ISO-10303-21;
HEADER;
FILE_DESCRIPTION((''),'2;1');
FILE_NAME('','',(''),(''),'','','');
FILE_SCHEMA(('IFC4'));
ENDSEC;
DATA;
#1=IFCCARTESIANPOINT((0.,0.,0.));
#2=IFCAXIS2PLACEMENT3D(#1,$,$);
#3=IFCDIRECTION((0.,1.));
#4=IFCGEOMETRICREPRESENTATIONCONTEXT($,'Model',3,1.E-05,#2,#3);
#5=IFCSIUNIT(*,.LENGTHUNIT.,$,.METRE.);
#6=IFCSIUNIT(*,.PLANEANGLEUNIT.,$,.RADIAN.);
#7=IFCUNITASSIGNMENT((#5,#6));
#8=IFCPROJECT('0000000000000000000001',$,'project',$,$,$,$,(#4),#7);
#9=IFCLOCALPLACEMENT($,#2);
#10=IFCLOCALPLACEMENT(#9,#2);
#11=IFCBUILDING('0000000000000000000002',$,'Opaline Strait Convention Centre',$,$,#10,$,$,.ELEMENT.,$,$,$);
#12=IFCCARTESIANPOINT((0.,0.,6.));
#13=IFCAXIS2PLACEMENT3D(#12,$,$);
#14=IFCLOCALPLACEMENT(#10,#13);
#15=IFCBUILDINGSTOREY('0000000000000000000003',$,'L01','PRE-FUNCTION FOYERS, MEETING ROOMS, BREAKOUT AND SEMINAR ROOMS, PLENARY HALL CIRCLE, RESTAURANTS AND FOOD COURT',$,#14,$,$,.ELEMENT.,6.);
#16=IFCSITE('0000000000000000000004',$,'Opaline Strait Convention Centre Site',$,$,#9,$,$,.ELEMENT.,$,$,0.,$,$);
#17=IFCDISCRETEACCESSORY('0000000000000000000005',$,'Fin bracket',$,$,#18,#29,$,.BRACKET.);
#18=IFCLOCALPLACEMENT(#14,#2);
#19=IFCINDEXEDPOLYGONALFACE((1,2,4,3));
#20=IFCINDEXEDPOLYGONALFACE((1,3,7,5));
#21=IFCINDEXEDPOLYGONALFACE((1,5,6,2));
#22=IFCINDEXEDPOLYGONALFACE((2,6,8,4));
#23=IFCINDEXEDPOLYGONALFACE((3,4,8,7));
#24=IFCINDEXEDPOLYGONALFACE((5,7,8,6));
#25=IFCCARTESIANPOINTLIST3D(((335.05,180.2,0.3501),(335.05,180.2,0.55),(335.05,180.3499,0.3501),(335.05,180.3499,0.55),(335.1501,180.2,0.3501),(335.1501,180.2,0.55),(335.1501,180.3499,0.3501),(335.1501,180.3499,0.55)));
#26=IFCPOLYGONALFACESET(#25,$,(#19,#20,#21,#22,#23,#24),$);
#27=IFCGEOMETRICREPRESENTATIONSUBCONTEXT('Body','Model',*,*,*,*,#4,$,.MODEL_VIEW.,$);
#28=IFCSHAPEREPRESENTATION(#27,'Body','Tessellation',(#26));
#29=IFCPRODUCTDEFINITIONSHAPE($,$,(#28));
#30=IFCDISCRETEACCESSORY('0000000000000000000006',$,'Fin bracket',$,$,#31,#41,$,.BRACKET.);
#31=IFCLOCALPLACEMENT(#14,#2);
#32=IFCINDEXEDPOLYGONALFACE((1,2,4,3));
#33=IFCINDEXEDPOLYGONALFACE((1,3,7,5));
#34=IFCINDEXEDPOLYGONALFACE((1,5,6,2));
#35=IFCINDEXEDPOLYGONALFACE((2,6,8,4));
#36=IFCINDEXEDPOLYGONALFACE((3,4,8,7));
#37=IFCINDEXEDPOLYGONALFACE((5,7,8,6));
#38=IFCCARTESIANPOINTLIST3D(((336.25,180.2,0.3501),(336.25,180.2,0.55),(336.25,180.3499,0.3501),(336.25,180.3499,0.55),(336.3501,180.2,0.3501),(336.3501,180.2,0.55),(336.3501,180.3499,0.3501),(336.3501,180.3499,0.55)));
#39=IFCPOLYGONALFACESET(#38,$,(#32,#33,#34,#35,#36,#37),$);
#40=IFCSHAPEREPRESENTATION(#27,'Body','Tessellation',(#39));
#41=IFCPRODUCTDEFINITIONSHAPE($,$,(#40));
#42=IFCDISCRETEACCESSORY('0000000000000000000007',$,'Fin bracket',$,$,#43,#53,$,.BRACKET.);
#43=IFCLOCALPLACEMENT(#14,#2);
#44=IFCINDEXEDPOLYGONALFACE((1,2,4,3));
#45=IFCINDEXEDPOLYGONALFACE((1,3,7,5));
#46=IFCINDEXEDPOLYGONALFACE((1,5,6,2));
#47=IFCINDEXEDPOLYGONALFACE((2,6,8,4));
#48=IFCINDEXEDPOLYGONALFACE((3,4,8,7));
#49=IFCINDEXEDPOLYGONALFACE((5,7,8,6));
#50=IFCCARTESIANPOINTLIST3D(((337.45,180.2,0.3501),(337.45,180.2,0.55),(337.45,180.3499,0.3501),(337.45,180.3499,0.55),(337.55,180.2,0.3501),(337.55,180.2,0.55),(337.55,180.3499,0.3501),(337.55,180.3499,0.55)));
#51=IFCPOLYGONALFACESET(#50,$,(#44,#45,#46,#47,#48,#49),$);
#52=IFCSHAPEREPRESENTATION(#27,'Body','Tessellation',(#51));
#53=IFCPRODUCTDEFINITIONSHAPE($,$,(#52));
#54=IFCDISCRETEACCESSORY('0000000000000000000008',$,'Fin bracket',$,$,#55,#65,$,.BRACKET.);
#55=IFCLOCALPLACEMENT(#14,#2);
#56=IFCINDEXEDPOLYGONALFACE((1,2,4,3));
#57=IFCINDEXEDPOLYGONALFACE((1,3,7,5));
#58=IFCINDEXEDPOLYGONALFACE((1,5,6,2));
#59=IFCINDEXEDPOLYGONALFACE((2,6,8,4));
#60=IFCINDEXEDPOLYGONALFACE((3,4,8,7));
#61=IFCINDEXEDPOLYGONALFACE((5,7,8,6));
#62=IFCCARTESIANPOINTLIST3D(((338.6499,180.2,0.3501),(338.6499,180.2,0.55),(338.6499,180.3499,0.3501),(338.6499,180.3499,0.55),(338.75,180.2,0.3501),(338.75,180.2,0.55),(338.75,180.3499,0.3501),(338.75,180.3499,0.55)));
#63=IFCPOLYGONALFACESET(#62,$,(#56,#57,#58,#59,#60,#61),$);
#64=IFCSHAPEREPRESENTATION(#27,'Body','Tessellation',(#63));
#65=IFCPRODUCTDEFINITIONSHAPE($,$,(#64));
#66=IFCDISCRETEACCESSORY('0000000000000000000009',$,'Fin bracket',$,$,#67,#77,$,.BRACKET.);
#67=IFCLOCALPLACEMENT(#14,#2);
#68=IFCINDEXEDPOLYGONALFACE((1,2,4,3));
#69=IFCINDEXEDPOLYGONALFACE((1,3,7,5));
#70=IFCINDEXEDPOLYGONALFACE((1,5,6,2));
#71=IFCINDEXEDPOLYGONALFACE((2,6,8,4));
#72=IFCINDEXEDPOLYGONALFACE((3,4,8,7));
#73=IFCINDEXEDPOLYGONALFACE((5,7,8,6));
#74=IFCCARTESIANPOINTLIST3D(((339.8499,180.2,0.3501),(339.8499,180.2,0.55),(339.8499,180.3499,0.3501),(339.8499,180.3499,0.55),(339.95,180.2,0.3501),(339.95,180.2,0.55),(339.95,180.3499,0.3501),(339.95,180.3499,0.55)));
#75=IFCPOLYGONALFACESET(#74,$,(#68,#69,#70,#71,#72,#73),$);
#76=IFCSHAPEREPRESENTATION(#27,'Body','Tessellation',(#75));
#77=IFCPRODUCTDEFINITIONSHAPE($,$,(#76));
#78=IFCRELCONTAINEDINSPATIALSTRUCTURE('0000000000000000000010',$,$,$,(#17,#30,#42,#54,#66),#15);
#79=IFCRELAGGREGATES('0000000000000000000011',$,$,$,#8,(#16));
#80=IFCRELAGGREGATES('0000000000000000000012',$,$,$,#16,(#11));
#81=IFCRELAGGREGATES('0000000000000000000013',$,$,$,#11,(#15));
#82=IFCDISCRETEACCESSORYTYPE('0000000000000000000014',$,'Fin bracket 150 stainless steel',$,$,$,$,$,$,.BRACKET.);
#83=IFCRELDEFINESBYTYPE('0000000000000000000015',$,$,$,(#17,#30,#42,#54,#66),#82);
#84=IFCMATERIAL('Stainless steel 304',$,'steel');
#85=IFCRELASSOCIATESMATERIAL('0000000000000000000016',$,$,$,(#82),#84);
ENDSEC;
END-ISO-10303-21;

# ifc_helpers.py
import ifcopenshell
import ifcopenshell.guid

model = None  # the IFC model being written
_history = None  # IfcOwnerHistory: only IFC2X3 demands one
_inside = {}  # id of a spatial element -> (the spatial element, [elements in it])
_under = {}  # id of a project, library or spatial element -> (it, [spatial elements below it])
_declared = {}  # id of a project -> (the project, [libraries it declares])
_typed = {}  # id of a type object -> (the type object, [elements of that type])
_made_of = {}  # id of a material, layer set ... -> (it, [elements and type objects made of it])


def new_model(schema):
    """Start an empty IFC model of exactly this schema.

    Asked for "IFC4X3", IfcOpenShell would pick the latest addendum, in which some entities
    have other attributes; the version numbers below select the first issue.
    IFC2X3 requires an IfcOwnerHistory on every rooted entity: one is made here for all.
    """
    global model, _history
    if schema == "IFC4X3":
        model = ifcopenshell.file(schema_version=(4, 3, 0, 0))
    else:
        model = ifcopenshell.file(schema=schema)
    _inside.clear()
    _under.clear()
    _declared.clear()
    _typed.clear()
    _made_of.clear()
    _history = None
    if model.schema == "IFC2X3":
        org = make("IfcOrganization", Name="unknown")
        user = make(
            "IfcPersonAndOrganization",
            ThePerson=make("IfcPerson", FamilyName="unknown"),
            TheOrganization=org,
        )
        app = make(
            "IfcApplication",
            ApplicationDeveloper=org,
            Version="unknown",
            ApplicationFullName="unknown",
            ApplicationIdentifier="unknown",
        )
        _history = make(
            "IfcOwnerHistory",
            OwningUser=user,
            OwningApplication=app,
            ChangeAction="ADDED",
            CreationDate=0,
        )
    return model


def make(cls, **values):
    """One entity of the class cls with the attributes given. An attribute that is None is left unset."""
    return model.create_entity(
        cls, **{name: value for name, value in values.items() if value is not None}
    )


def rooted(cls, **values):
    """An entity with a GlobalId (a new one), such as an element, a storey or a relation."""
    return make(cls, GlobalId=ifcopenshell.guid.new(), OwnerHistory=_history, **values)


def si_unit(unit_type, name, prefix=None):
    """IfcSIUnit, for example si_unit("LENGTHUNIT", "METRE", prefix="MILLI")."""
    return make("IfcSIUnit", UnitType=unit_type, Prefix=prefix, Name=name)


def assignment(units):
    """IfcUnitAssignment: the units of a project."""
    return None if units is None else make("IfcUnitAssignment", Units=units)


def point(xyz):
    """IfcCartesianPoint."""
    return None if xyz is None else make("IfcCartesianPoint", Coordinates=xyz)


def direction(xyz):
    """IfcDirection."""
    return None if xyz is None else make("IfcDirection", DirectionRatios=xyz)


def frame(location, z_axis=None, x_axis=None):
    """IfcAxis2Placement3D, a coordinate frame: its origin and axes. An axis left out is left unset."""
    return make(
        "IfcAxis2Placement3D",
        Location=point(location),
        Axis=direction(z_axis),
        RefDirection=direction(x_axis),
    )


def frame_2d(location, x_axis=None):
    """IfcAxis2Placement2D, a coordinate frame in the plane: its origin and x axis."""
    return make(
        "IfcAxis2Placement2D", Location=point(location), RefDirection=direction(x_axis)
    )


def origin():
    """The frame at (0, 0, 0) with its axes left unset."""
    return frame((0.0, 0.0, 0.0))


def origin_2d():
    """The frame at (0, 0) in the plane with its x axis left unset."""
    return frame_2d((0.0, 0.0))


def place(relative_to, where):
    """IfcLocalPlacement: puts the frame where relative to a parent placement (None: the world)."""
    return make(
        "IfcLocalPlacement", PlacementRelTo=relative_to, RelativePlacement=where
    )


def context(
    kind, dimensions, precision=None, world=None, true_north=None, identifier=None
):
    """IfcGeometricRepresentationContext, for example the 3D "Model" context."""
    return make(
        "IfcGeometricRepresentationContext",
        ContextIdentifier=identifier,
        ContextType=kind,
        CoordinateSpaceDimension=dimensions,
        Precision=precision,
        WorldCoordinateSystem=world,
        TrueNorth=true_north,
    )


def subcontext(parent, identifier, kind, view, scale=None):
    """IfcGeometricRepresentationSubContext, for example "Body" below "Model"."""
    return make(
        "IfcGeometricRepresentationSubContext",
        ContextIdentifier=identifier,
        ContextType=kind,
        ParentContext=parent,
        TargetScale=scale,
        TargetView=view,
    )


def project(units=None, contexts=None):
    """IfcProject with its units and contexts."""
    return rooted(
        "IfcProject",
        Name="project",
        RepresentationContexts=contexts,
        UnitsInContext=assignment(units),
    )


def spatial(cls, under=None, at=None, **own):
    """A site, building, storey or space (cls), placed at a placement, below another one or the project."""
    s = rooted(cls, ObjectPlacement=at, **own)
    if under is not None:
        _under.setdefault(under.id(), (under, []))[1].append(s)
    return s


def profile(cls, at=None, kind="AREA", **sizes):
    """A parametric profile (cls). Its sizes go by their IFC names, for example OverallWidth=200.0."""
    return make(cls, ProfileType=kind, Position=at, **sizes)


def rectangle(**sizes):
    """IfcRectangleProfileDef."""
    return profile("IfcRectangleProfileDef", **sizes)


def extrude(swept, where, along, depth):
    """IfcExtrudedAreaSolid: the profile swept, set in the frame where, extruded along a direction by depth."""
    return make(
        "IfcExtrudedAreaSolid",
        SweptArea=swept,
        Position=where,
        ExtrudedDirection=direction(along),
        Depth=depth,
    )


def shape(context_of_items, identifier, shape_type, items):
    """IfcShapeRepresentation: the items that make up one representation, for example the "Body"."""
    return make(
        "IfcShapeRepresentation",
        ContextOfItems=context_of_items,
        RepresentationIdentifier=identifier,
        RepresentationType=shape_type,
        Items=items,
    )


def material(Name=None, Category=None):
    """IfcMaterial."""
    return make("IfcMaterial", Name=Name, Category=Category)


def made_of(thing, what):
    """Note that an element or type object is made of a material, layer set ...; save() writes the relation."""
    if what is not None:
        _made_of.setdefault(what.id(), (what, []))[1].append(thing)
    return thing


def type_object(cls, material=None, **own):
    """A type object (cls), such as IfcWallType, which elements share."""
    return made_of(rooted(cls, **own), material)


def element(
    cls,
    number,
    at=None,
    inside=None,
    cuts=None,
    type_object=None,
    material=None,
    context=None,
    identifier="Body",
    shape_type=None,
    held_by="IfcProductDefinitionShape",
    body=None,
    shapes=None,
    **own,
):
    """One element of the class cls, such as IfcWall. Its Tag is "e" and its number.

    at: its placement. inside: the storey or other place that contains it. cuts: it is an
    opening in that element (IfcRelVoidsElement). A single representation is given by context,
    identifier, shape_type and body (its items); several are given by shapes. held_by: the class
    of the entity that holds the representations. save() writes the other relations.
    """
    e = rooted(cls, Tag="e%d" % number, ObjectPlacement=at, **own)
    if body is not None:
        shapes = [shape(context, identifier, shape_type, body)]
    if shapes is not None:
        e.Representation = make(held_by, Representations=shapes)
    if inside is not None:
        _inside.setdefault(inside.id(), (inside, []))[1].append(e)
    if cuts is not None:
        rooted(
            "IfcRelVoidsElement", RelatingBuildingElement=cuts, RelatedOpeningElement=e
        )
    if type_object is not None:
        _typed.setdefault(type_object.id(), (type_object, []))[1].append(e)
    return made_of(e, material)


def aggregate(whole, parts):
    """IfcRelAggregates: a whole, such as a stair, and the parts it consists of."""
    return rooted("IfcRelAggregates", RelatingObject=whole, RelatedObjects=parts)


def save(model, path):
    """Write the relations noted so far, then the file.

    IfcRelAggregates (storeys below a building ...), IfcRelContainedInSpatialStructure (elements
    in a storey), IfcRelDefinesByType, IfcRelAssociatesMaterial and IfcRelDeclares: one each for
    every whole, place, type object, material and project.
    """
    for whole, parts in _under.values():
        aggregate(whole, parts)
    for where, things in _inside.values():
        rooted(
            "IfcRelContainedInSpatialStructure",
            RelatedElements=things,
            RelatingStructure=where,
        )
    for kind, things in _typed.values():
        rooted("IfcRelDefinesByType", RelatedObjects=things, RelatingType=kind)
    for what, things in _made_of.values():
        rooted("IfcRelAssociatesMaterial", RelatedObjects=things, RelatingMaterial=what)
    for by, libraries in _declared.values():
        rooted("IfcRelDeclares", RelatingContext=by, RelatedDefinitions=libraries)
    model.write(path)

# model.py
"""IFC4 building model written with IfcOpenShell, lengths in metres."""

from ifc_helpers import new_model, si_unit, direction, frame, origin, origin_2d, place, context, subcontext, project, spatial, rectangle, extrude, material, type_object, element, save


model = new_model("IFC4")

# Units and contexts
model_context = context("Model", 3, precision=1e-05, world=origin(), true_north=direction((0.0, 1.0)))
body_context = subcontext(model_context, "Body", "Model", "MODEL_VIEW")
ifc_project = project(units=[si_unit("LENGTHUNIT", "METRE"), si_unit("PLANEANGLEUNIT", "RADIAN")], contexts=[model_context])

# Site, building, storey
site_placement = place(None, origin())
site = spatial("IfcSite", under=ifc_project, at=site_placement, Name="Opaline Strait Convention Centre Site", CompositionType="ELEMENT", RefElevation=0.0)
building_placement = place(site_placement, origin())
building = spatial("IfcBuilding", under=site, at=building_placement, Name="Opaline Strait Convention Centre", CompositionType="ELEMENT")
storey_placement = place(building_placement, frame((0.0, 0.0, 6.0)))
storey = spatial("IfcBuildingStorey", under=building, at=storey_placement, Name="L01", Description="PRE-FUNCTION FOYERS, MEETING ROOMS, BREAKOUT AND SEMINAR ROOMS, PLENARY HALL CIRCLE, RESTAURANTS AND FOOD COURT", CompositionType="ELEMENT", Elevation=6.0)

# Shared definitions
ifc_material_1 = material(Name="Stainless steel 304", Category="steel")

# Discrete accessories
discrete_accessory_type = type_object("IfcDiscreteAccessoryType", Name="Fin bracket 150 stainless steel", PredefinedType="BRACKET", material=ifc_material_1)
for number, where, z_axis, x_axis, name in (
    (1, (335.1001, 180.2749, 0.3501), (0.0, 0.0, 1.0), (1.0, 0.0, 0.0), "Fin bracket"),
    (2, (336.3, 180.2749, 0.3501), (0.0, 0.0, 1.0), (1.0, 0.0, 0.0), "Fin bracket"),
    (3, (337.5, 180.2749, 0.3501), (0.0, 0.0, 1.0), (1.0, 0.0, 0.0), "Fin bracket"),
    (4, (338.7, 180.2749, 0.3501), (0.0, 0.0, 1.0), (1.0, 0.0, 0.0), "Fin bracket"),
    (5, (339.8999, 180.2749, 0.3501), (0.0, 0.0, 1.0), (1.0, 0.0, 0.0), "Fin bracket"),
):
    element("IfcDiscreteAccessory", number, at=place(storey_placement, frame(where, z_axis=z_axis, x_axis=x_axis)), inside=storey, type_object=discrete_accessory_type, Name=name, PredefinedType="BRACKET", context=body_context, shape_type="SweptSolid", body=[
        extrude(rectangle(XDim=0.1001, YDim=0.1499, at=origin_2d()), origin(), (0.0, 0.0, 1.0), 0.2),
    ])

save(model, "model.ifc")
